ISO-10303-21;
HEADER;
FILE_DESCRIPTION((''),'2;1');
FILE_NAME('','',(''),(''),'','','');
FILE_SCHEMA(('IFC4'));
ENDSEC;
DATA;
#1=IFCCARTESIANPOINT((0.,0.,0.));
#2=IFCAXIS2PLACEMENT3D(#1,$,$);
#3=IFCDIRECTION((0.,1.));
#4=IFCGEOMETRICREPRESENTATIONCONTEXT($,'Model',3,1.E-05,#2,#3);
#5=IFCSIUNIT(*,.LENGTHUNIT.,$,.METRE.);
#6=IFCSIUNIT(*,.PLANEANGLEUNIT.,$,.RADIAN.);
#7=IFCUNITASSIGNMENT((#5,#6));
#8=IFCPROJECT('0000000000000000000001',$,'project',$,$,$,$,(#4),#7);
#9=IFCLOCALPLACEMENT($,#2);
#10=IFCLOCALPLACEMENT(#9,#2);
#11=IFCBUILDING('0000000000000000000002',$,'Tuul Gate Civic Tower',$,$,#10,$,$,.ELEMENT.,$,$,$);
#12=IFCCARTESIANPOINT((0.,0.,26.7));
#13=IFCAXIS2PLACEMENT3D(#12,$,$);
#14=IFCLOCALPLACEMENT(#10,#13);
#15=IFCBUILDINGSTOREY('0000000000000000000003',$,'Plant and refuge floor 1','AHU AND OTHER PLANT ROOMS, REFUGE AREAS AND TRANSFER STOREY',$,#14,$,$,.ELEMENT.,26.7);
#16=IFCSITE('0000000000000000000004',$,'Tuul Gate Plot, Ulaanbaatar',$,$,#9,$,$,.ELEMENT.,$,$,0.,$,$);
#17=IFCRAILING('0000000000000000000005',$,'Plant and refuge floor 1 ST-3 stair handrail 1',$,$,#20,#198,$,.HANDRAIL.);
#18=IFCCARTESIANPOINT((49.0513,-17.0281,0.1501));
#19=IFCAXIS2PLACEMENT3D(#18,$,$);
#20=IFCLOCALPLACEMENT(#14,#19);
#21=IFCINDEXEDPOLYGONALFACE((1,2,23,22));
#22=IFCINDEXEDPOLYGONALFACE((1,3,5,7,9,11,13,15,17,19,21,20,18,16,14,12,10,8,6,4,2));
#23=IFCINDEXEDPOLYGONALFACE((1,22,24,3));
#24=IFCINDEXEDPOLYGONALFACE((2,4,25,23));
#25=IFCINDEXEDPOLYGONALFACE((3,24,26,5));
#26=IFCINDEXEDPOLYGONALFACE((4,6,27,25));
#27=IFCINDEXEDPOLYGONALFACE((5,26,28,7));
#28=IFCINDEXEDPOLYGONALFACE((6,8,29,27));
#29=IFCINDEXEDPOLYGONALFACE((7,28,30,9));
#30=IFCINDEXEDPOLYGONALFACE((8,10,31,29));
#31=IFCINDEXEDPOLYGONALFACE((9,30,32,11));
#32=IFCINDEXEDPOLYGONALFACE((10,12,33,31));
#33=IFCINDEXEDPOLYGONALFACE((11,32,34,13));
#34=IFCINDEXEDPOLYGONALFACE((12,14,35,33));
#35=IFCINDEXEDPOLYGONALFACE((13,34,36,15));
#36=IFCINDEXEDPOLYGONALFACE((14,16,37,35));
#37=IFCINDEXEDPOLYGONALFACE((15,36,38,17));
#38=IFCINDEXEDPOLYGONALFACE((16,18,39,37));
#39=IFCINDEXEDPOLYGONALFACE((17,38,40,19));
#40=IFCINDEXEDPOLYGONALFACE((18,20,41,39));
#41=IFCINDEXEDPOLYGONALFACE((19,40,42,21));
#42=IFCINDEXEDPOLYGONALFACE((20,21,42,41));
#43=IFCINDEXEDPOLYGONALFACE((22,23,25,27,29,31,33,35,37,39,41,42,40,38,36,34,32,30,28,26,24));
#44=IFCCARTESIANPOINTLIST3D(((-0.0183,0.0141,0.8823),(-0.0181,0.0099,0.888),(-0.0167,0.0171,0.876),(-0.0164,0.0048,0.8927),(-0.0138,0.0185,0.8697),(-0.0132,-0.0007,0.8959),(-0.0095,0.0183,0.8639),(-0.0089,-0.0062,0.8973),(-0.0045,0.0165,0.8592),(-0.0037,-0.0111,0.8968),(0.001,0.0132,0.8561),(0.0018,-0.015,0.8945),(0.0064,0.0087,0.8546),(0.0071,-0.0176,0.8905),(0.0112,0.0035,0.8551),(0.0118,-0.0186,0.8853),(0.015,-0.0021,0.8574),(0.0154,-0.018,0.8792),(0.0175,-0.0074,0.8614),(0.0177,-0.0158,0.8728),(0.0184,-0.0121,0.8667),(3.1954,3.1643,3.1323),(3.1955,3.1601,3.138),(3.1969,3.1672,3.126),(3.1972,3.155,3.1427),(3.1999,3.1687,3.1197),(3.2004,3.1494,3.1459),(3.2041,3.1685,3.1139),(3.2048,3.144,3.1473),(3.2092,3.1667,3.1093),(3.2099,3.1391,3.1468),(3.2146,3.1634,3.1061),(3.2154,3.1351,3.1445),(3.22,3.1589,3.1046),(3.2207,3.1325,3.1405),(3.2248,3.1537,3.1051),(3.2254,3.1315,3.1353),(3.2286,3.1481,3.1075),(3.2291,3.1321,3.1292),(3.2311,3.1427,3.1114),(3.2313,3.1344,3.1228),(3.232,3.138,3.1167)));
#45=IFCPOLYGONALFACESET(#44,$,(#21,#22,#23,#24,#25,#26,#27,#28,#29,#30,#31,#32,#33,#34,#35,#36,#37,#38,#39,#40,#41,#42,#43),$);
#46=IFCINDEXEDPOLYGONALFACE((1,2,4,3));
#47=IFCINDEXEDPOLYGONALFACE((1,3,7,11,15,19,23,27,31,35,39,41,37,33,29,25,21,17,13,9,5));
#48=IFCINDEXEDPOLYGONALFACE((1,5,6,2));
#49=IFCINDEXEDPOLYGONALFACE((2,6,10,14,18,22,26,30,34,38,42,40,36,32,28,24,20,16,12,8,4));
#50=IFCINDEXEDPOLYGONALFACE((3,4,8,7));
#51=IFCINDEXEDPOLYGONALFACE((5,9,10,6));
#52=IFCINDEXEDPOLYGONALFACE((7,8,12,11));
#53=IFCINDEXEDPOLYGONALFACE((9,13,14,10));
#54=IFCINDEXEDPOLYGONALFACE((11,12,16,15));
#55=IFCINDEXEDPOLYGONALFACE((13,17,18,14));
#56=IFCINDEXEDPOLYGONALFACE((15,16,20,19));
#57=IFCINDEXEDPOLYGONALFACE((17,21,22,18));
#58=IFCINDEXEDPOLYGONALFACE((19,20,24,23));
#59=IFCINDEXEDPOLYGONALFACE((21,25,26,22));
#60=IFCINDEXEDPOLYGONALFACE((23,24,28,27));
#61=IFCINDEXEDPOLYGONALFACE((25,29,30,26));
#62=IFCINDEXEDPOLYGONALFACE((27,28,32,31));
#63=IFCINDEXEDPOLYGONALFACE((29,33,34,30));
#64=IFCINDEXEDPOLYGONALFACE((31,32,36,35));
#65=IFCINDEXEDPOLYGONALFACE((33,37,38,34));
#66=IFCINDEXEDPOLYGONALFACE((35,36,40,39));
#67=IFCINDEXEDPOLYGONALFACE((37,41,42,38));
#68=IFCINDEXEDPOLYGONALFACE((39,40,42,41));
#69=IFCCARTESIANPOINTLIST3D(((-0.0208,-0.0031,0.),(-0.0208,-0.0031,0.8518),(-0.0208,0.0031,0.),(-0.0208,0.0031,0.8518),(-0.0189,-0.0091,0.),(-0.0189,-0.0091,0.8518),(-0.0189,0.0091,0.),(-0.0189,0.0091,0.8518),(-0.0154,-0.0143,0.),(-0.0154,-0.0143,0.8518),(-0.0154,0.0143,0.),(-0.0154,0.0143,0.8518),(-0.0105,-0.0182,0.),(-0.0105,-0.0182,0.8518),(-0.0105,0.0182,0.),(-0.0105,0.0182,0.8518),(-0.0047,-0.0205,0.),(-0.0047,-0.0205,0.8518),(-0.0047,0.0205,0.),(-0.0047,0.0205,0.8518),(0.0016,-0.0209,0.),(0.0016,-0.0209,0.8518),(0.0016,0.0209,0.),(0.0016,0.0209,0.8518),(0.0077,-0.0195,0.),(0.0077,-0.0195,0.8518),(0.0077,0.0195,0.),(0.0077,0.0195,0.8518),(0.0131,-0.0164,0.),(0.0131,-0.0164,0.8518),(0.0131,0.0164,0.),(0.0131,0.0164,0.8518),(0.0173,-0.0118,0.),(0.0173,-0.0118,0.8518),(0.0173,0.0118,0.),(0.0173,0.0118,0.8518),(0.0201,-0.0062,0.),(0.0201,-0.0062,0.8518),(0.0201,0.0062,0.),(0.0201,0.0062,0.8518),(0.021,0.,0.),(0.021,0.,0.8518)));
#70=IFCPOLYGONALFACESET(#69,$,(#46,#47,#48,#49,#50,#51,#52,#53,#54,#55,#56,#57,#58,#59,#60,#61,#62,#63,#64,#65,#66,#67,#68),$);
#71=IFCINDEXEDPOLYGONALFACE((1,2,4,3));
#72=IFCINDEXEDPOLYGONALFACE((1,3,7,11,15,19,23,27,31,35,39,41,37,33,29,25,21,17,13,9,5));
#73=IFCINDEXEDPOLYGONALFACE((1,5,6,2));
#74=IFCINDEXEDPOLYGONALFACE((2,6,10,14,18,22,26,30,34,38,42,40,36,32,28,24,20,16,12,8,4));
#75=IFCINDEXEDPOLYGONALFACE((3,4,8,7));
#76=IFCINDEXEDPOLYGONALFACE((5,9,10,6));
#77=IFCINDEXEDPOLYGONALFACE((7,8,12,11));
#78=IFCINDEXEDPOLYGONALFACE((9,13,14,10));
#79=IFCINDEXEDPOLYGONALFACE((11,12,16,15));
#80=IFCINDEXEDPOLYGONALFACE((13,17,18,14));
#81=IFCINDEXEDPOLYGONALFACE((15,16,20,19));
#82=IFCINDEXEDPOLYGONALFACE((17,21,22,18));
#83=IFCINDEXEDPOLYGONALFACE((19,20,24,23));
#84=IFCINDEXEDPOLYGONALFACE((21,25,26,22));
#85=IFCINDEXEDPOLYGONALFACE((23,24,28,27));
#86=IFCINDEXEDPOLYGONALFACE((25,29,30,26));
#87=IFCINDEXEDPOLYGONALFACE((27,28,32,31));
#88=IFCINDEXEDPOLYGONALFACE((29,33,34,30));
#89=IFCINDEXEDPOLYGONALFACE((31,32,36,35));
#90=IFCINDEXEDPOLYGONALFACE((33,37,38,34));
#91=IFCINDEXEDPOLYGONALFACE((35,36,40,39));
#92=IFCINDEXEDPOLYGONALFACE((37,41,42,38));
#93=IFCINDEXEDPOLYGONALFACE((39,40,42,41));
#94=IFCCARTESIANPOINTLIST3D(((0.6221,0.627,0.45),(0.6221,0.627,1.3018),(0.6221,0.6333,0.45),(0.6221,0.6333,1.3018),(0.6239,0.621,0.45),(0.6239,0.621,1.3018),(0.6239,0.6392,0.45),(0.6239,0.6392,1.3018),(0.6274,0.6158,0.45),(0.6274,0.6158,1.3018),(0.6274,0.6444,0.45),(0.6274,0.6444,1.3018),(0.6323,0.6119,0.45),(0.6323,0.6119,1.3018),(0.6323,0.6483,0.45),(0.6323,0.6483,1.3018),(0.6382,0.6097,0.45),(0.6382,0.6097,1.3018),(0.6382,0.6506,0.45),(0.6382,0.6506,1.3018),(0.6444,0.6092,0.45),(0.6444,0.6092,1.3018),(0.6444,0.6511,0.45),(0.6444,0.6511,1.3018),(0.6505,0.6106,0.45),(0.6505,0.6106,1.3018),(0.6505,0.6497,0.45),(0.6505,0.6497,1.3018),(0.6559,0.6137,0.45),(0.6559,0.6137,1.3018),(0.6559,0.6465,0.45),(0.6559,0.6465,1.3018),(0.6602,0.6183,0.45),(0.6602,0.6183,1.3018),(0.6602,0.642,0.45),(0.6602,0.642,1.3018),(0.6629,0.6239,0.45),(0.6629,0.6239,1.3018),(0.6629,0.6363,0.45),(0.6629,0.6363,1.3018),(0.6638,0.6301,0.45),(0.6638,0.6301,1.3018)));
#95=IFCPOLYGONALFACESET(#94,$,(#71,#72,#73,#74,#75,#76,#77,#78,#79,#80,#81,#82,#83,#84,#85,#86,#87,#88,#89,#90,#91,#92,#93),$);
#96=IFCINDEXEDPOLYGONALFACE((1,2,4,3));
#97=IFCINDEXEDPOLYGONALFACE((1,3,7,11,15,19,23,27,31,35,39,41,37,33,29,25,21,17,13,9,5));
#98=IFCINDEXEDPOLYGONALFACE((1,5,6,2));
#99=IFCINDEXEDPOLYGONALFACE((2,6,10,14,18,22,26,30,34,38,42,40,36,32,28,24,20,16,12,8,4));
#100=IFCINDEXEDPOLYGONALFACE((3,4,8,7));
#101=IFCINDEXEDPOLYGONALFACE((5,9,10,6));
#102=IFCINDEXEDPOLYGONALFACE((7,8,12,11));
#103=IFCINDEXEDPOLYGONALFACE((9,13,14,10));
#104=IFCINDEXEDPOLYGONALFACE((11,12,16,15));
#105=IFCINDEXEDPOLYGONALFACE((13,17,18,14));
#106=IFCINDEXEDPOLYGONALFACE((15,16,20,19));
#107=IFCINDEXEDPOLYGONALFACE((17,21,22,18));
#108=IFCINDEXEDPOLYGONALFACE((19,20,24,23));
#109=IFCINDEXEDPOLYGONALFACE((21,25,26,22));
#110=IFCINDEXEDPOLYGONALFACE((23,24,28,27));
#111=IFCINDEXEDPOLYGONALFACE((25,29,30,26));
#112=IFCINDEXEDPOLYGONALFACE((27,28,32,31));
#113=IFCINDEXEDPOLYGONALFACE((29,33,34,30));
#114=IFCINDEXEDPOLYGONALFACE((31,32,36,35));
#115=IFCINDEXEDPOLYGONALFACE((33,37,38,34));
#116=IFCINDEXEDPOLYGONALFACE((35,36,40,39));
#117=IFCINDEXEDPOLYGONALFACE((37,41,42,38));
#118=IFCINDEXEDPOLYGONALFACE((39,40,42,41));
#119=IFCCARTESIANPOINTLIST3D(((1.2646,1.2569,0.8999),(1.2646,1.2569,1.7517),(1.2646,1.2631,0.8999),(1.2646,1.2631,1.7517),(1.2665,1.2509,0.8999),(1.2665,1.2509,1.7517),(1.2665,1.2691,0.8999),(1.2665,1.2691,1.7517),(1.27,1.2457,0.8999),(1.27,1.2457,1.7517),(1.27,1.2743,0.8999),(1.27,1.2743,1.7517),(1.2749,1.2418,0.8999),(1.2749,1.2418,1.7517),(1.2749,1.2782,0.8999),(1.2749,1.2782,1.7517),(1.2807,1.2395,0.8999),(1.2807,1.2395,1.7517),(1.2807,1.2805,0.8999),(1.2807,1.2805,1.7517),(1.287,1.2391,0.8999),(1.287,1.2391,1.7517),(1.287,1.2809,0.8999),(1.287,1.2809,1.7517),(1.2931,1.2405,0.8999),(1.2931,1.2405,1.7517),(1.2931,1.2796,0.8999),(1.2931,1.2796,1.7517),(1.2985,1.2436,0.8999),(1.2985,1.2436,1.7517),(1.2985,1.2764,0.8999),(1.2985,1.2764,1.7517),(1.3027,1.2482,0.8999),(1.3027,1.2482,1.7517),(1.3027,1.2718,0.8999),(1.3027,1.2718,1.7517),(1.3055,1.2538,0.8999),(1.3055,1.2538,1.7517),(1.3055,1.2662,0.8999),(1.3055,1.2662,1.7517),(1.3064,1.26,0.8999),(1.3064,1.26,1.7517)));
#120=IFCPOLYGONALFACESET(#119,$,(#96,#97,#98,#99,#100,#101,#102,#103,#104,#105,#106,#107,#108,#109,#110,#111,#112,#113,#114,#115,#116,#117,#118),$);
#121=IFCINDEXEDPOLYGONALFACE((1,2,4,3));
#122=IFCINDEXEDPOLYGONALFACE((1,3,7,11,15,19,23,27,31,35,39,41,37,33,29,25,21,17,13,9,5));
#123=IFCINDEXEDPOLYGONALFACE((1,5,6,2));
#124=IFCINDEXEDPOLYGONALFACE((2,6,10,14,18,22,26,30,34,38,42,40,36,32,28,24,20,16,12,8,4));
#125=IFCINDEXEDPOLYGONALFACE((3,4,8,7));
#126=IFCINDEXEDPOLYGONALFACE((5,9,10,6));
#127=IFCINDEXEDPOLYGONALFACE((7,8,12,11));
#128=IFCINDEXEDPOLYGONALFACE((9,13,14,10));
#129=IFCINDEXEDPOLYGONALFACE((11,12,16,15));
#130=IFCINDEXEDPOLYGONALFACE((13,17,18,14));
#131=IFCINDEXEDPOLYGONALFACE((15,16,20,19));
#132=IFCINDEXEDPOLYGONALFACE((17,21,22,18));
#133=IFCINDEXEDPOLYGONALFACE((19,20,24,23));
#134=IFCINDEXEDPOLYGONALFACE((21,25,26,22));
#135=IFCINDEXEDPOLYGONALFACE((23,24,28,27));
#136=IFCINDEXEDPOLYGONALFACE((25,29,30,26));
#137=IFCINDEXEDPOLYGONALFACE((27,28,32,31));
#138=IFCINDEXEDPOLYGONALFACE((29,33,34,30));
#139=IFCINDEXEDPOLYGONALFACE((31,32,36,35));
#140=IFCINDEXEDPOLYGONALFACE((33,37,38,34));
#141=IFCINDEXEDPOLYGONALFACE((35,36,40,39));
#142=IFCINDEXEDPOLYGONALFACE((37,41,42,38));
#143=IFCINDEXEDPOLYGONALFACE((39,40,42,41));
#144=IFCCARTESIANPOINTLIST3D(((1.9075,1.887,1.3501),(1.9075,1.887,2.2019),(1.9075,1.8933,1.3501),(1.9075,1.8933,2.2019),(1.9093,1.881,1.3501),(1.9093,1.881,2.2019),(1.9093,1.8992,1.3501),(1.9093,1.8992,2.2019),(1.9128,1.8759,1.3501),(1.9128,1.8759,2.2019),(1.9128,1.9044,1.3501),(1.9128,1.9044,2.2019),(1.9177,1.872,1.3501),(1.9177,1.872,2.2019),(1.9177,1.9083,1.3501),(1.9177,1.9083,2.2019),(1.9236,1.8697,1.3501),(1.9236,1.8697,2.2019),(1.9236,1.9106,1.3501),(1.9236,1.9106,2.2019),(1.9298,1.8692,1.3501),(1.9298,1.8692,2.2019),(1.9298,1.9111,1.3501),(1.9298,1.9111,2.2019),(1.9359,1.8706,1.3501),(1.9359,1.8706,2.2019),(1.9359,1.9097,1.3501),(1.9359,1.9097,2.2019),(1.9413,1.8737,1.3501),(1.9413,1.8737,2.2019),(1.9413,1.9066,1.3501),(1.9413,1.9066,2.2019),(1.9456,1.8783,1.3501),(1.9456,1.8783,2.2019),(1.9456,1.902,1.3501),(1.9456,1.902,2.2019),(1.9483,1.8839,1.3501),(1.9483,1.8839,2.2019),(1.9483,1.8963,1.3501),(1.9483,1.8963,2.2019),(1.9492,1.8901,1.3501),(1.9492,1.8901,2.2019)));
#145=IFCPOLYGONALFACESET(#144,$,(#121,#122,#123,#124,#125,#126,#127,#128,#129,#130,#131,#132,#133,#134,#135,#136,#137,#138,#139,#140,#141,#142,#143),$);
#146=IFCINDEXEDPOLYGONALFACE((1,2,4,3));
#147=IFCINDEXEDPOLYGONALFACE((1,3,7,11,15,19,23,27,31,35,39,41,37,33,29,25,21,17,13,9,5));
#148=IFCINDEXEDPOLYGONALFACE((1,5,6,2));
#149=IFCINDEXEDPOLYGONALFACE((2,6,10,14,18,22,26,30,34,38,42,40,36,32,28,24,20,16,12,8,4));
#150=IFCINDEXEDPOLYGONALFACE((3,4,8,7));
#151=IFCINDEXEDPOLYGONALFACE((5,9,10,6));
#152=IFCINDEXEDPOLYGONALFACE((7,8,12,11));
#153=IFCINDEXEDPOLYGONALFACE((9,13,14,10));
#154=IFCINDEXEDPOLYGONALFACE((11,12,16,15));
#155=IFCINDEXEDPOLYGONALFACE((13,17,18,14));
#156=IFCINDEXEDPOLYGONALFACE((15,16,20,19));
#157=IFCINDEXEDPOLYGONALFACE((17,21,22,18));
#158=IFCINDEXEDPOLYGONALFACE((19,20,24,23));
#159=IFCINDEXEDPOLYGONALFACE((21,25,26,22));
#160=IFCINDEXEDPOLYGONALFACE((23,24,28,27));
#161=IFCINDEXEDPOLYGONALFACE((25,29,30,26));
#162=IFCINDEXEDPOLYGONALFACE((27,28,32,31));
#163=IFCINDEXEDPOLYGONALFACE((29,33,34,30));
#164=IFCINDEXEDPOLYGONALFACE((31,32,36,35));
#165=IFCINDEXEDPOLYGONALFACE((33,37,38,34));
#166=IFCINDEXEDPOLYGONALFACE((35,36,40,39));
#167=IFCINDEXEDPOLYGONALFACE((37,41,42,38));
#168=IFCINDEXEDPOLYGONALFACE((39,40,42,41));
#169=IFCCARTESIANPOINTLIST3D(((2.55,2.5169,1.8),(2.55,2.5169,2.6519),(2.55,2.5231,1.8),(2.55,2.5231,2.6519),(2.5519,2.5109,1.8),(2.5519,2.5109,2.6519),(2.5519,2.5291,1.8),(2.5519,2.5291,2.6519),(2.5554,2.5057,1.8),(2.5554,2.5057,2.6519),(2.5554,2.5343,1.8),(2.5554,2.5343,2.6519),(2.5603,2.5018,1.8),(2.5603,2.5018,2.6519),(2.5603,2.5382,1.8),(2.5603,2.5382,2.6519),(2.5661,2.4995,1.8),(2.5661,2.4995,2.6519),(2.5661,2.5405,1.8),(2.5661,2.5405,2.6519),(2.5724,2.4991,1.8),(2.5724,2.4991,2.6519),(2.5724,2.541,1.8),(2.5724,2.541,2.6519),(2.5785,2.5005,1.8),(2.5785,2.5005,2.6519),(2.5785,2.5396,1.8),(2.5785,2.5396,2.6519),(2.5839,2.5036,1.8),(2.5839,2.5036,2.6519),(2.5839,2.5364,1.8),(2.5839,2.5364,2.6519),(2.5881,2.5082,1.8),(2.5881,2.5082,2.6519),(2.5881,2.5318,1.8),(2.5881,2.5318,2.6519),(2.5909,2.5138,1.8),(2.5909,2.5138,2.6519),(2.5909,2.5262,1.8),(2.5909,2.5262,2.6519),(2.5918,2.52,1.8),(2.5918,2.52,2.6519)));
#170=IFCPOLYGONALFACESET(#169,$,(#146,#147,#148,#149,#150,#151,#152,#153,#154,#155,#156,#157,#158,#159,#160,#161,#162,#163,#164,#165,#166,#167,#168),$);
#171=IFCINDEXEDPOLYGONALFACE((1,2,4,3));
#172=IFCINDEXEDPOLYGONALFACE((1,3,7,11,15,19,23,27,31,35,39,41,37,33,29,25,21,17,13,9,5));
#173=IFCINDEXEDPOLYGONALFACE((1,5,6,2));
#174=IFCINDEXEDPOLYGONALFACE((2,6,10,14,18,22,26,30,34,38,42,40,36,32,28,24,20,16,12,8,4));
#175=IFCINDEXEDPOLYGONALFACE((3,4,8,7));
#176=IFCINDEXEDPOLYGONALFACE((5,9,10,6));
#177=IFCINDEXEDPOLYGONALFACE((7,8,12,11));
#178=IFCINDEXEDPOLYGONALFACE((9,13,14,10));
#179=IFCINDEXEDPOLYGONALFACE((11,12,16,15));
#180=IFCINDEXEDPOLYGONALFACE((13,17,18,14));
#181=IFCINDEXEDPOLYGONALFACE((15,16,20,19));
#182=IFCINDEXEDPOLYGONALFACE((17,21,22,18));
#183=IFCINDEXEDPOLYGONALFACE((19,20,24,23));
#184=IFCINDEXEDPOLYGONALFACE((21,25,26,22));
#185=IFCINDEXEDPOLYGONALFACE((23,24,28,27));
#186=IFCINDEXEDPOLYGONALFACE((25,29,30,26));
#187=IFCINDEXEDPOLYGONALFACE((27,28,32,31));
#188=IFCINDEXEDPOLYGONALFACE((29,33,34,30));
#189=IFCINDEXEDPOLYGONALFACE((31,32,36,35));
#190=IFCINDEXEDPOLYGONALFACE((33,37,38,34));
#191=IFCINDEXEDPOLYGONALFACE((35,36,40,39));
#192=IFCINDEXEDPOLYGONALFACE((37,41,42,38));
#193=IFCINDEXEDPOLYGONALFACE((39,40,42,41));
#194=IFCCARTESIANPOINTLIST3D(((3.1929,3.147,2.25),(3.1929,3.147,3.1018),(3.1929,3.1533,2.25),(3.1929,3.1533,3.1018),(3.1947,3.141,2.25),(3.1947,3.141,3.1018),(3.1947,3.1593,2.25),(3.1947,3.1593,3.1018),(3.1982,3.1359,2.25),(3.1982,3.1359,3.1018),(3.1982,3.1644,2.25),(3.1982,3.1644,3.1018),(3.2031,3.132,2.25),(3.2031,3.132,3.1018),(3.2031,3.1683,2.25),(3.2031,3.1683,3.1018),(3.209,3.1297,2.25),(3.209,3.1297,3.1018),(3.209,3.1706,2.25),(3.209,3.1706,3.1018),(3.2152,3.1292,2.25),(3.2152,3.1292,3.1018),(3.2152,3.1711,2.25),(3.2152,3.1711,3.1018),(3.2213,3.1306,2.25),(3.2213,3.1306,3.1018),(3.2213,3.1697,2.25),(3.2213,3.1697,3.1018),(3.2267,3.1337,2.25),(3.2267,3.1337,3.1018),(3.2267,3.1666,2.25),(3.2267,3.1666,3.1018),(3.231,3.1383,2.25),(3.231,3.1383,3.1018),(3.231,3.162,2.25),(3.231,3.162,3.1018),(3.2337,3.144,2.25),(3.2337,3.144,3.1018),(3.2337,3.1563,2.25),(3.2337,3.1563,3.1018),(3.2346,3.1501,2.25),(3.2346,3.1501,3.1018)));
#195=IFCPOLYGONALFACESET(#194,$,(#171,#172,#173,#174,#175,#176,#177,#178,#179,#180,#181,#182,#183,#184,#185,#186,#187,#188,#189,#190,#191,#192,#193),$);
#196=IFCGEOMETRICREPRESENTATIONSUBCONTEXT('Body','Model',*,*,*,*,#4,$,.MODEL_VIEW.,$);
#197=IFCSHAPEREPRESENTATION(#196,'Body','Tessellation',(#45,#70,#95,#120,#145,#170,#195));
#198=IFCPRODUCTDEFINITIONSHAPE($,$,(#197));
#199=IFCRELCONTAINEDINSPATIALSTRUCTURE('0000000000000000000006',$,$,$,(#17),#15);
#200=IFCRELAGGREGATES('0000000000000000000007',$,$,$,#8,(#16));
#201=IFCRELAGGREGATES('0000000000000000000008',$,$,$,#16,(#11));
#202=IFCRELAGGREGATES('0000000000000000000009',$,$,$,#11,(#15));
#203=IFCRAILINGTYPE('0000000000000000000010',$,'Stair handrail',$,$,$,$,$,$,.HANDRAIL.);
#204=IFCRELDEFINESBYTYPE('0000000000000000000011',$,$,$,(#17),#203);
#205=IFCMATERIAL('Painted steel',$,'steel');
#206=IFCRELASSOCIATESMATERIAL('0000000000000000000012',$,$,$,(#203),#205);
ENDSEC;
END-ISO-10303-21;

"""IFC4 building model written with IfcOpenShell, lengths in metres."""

from ifc_helpers import new_model, si_unit, direction, frame, origin, origin_2d, place, context, subcontext, project, spatial, circle, extrude, material, type_object, element, save


model = new_model("IFC4")

# Units and contexts
model_context = context("Model", 3, precision=1e-05, world=origin(), true_north=direction((0.0, 1.0)))
body_context = subcontext(model_context, "Body", "Model", "MODEL_VIEW")
ifc_project = project(units=[si_unit("LENGTHUNIT", "METRE"), si_unit("PLANEANGLEUNIT", "RADIAN")], contexts=[model_context])

# Site, building, storey
site_placement = place(None, origin())
site = spatial("IfcSite", under=ifc_project, at=site_placement, Name="Tuul Gate Plot, Ulaanbaatar", CompositionType="ELEMENT", RefElevation=0.0)
building_placement = place(site_placement, origin())
building = spatial("IfcBuilding", under=site, at=building_placement, Name="Tuul Gate Civic Tower", CompositionType="ELEMENT")
storey_placement = place(building_placement, frame((0.0, 0.0, 26.7)))
storey = spatial("IfcBuildingStorey", under=building, at=storey_placement, Name="Plant and refuge floor 1", Description="AHU AND OTHER PLANT ROOMS, REFUGE AREAS AND TRANSFER STOREY", CompositionType="ELEMENT", Elevation=26.7)

# Railing
ifc_material_1 = material(Name="Painted steel", Category="steel")
railing_type = type_object("IfcRailingType", Name="Stair handrail", PredefinedType="HANDRAIL", material=ifc_material_1)
railing_placement = place(storey_placement, frame((49.0513, -17.0281, 0.1501)))
element("IfcRailing", 1, at=railing_placement, inside=storey, type_object=railing_type, Name="Plant and refuge floor 1 ST-3 stair handrail 1", PredefinedType="HANDRAIL", context=body_context, shape_type="SweptSolid", body=[
    extrude(circle(Radius=0.0239, at=origin_2d()), frame((0.0, 0.0, 0.876), z_axis=(0.638735, 0.626118, 0.447207), x_axis=(-0.700019, 0.714124, 0.0)), (0.0, 0.0, 1.0), 5.0312),
    extrude(circle(Radius=0.021, at=origin_2d()), origin(), (0.0, 0.0, 1.0), 0.8518),
    extrude(circle(Radius=0.021, at=origin_2d()), frame((0.6428, 0.6301, 0.45)), (0.0, 0.0, 1.0), 0.8518),
    extrude(circle(Radius=0.021, at=origin_2d()), frame((1.2854, 1.26, 0.8999)), (0.0, 0.0, 1.0), 0.8518),
    extrude(circle(Radius=0.021, at=origin_2d()), frame((1.9282, 1.8901, 1.3501)), (0.0, 0.0, 1.0), 0.8518),
    extrude(circle(Radius=0.021, at=origin_2d()), frame((2.5708, 2.52, 1.8)), (0.0, 0.0, 1.0), 0.8518),
    extrude(circle(Radius=0.021, at=origin_2d()), frame((3.2136, 3.1501, 2.25)), (0.0, 0.0, 1.0), 0.8518),
])

save(model, "model.ifc")
